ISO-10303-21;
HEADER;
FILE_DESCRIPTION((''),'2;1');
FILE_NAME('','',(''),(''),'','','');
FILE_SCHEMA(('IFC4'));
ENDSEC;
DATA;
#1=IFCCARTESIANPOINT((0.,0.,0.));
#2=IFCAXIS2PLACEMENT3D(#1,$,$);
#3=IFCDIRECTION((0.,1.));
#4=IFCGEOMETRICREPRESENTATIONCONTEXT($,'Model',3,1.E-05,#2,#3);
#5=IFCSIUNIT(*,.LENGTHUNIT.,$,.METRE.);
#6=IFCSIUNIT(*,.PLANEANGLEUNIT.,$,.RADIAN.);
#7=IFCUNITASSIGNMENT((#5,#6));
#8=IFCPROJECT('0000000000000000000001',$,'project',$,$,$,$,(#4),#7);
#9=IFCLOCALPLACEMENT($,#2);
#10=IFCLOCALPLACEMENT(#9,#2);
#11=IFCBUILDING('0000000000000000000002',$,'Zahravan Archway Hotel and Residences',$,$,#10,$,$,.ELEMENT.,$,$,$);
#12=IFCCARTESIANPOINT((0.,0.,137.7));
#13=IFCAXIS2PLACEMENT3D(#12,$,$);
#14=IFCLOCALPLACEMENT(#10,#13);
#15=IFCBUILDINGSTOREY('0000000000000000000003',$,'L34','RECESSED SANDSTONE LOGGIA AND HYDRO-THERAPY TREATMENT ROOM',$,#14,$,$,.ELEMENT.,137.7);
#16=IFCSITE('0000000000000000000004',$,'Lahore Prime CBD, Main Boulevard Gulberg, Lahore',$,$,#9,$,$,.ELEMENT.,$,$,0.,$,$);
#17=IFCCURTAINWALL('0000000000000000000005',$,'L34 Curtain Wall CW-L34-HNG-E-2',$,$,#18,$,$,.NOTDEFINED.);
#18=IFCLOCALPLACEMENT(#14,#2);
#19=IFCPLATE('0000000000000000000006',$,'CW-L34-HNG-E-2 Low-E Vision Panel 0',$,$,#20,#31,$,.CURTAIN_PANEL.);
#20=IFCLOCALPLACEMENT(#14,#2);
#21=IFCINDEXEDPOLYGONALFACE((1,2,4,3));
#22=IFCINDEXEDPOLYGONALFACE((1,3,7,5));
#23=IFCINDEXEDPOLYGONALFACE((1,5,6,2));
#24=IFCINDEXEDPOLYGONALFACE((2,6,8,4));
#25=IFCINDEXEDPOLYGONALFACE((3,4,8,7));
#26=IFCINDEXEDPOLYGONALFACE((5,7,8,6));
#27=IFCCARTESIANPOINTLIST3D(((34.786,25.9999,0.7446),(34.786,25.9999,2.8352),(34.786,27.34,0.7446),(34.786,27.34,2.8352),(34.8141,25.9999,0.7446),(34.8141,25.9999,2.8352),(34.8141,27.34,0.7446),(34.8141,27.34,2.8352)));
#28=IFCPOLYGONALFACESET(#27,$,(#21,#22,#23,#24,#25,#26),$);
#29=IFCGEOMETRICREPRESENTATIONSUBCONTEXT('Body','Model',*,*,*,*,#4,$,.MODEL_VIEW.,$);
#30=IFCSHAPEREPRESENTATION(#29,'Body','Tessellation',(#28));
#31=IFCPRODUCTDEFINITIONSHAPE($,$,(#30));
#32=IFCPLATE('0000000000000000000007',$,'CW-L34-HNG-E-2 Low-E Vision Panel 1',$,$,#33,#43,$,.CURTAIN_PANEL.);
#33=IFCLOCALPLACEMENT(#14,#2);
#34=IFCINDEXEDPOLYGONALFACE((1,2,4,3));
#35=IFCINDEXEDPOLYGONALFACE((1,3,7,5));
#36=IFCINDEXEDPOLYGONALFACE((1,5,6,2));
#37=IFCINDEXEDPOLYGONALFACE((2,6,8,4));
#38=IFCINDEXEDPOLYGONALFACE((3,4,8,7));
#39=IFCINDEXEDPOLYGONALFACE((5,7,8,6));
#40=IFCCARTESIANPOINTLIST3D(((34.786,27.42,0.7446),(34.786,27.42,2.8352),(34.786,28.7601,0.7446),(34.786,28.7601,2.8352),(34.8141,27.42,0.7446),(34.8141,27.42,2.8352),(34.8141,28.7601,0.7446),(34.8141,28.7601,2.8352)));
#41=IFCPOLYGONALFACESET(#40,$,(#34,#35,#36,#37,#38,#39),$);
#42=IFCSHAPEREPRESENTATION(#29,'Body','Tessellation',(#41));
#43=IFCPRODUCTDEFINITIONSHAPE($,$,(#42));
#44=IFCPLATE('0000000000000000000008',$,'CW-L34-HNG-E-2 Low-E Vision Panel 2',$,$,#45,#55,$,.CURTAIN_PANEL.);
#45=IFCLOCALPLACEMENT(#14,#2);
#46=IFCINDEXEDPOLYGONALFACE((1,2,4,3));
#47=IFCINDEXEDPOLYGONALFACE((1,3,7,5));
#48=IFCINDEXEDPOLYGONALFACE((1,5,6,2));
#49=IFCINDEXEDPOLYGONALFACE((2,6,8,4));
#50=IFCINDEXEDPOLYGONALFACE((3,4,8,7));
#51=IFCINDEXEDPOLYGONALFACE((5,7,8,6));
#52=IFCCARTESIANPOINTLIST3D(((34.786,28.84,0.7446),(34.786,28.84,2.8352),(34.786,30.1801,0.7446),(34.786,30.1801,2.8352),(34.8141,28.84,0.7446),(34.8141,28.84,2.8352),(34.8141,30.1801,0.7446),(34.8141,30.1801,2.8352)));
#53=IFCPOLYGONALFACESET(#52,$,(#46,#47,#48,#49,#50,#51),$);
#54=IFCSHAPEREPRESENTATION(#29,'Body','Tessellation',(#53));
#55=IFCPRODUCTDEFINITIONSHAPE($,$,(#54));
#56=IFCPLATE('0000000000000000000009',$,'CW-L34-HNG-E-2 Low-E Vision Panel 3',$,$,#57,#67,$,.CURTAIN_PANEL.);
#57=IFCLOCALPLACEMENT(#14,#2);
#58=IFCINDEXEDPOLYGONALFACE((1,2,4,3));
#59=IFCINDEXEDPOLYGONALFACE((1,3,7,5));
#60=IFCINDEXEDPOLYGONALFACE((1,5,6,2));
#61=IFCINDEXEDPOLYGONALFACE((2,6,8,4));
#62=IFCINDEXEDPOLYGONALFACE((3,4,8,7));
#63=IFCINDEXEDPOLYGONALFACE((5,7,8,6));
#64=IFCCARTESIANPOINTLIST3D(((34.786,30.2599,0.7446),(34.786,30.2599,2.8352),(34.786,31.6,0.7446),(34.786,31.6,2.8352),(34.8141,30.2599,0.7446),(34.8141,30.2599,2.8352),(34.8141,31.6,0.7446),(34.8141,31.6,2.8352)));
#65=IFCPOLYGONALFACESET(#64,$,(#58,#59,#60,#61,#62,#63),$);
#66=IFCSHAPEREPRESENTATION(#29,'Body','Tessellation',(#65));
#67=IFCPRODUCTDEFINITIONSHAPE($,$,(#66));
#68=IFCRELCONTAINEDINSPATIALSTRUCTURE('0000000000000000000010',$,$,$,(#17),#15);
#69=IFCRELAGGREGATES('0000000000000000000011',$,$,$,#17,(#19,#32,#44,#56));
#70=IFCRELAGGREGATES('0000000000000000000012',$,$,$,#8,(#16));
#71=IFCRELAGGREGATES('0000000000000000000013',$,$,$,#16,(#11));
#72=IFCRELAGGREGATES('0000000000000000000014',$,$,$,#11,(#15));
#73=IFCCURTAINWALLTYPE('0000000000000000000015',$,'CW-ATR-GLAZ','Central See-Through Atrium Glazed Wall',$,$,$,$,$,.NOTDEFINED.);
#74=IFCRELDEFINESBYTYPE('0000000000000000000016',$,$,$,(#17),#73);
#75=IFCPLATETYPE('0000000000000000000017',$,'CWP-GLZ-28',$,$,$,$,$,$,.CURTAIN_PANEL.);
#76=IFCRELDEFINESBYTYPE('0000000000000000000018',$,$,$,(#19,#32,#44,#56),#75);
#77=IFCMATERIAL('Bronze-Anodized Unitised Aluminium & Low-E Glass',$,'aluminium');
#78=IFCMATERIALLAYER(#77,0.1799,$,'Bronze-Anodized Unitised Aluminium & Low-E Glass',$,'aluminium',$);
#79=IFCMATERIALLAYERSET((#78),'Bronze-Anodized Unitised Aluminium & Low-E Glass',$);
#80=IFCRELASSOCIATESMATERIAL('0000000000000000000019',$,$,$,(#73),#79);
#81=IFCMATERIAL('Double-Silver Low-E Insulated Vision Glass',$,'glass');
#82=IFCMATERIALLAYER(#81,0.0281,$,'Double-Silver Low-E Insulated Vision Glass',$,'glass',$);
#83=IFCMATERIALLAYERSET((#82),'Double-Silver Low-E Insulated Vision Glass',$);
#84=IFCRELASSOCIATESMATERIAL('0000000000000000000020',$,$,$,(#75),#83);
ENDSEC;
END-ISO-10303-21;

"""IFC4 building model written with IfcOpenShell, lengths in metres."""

from ifc_helpers import new_model, si_unit, direction, frame, origin, origin_2d, place, context, subcontext, project, spatial, rectangle, extrude, source, transform, mapped, material, layer, layer_set, type_object, element, aggregate, save


model = new_model("IFC4")

# Units and contexts
model_context = context("Model", 3, precision=1e-05, world=origin(), true_north=direction((0.0, 1.0)))
body_context = subcontext(model_context, "Body", "Model", "MODEL_VIEW")
ifc_project = project(units=[si_unit("LENGTHUNIT", "METRE"), si_unit("PLANEANGLEUNIT", "RADIAN")], contexts=[model_context])

# Site, building, storey
site_placement = place(None, origin())
site = spatial("IfcSite", under=ifc_project, at=site_placement, Name="Lahore Prime CBD, Main Boulevard Gulberg, Lahore", CompositionType="ELEMENT", RefElevation=0.0)
building_placement = place(site_placement, origin())
building = spatial("IfcBuilding", under=site, at=building_placement, Name="Zahravan Archway Hotel and Residences", CompositionType="ELEMENT")
storey_placement = place(building_placement, frame((0.0, 0.0, 137.7)))
storey = spatial("IfcBuildingStorey", under=building, at=storey_placement, Name="L34", Description="RECESSED SANDSTONE LOGGIA AND HYDRO-THERAPY TREATMENT ROOM", CompositionType="ELEMENT", Elevation=137.7)

# Curtain wall
ifc_material_1 = material(Name="Bronze-Anodized Unitised Aluminium & Low-E Glass", Category="aluminium")
ifc_layer_1 = layer(ifc_material_1, 0.1799, Name="Bronze-Anodized Unitised Aluminium & Low-E Glass", Category="aluminium")
ifc_layer_set_1 = layer_set([ifc_layer_1], Name="Bronze-Anodized Unitised Aluminium & Low-E Glass")
curtain_wall_type = type_object("IfcCurtainWallType", Name="CW-ATR-GLAZ", Description="Central See-Through Atrium Glazed Wall", PredefinedType="NOTDEFINED", material=ifc_layer_set_1)
curtain_wall_1_placement = place(storey_placement, origin())
curtain_wall_1 = element("IfcCurtainWall", 1, at=curtain_wall_1_placement, inside=storey, type_object=curtain_wall_type, Name="L34 Curtain Wall CW-L34-HNG-E-2", PredefinedType="NOTDEFINED")

# Plates
ifc_material_2 = material(Name="Double-Silver Low-E Insulated Vision Glass", Category="glass")
ifc_layer_2 = layer(ifc_material_2, 0.0281, Name="Double-Silver Low-E Insulated Vision Glass", Category="glass")
ifc_layer_set_2 = layer_set([ifc_layer_2], Name="Double-Silver Low-E Insulated Vision Glass")
plate_type_1 = type_object("IfcPlateType", Name="CWP-GLZ-28", PredefinedType="CURTAIN_PANEL", material=ifc_layer_set_2)
shared_shape_1 = source(origin(), body_context, "Body", "SweptSolid", [
    extrude(rectangle(XDim=1.3401, YDim=0.0281, at=origin_2d()), origin(), (0.0, 0.0, 1.0), 2.0906),
])
plate_1_placement = place(storey_placement, frame((34.8, 26.6699, 0.7446), z_axis=(0.0, 0.0, 1.0), x_axis=(0.0, 1.0, 0.0)))
plate_1 = element("IfcPlate", 2, at=plate_1_placement, type_object=plate_type_1, Name="CW-L34-HNG-E-2 Low-E Vision Panel 0", PredefinedType="CURTAIN_PANEL", context=body_context, shape_type="MappedRepresentation", body=[
    mapped(shared_shape_1, transform((0.0, 0.0, 0.0), scale=1.0)),
])
plate_2_placement = place(storey_placement, frame((34.8, 28.0901, 0.7446), z_axis=(0.0, 0.0, 1.0), x_axis=(0.0, 1.0, 0.0)))
plate_2 = element("IfcPlate", 3, at=plate_2_placement, type_object=plate_type_1, Name="CW-L34-HNG-E-2 Low-E Vision Panel 1", PredefinedType="CURTAIN_PANEL", context=body_context, shape_type="MappedRepresentation", body=[
    mapped(shared_shape_1, transform((0.0, 0.0, 0.0), scale=1.0)),
])
plate_3_placement = place(storey_placement, frame((34.8, 29.51, 0.7446), z_axis=(0.0, 0.0, 1.0), x_axis=(0.0, 1.0, 0.0)))
plate_3 = element("IfcPlate", 4, at=plate_3_placement, type_object=plate_type_1, Name="CW-L34-HNG-E-2 Low-E Vision Panel 2", PredefinedType="CURTAIN_PANEL", context=body_context, shape_type="MappedRepresentation", body=[
    mapped(shared_shape_1, transform((0.0, 0.0, 0.0), scale=1.0)),
])
plate_4_placement = place(storey_placement, frame((34.8, 30.9299, 0.7446), z_axis=(0.0, 0.0, 1.0), x_axis=(0.0, 1.0, 0.0)))
plate_4 = element("IfcPlate", 5, at=plate_4_placement, type_object=plate_type_1, Name="CW-L34-HNG-E-2 Low-E Vision Panel 3", PredefinedType="CURTAIN_PANEL", context=body_context, shape_type="MappedRepresentation", body=[
    mapped(shared_shape_1, transform((0.0, 0.0, 0.0), scale=1.0)),
])
aggregate(curtain_wall_1, [plate_1, plate_2, plate_3, plate_4])

save(model, "model.ifc")
